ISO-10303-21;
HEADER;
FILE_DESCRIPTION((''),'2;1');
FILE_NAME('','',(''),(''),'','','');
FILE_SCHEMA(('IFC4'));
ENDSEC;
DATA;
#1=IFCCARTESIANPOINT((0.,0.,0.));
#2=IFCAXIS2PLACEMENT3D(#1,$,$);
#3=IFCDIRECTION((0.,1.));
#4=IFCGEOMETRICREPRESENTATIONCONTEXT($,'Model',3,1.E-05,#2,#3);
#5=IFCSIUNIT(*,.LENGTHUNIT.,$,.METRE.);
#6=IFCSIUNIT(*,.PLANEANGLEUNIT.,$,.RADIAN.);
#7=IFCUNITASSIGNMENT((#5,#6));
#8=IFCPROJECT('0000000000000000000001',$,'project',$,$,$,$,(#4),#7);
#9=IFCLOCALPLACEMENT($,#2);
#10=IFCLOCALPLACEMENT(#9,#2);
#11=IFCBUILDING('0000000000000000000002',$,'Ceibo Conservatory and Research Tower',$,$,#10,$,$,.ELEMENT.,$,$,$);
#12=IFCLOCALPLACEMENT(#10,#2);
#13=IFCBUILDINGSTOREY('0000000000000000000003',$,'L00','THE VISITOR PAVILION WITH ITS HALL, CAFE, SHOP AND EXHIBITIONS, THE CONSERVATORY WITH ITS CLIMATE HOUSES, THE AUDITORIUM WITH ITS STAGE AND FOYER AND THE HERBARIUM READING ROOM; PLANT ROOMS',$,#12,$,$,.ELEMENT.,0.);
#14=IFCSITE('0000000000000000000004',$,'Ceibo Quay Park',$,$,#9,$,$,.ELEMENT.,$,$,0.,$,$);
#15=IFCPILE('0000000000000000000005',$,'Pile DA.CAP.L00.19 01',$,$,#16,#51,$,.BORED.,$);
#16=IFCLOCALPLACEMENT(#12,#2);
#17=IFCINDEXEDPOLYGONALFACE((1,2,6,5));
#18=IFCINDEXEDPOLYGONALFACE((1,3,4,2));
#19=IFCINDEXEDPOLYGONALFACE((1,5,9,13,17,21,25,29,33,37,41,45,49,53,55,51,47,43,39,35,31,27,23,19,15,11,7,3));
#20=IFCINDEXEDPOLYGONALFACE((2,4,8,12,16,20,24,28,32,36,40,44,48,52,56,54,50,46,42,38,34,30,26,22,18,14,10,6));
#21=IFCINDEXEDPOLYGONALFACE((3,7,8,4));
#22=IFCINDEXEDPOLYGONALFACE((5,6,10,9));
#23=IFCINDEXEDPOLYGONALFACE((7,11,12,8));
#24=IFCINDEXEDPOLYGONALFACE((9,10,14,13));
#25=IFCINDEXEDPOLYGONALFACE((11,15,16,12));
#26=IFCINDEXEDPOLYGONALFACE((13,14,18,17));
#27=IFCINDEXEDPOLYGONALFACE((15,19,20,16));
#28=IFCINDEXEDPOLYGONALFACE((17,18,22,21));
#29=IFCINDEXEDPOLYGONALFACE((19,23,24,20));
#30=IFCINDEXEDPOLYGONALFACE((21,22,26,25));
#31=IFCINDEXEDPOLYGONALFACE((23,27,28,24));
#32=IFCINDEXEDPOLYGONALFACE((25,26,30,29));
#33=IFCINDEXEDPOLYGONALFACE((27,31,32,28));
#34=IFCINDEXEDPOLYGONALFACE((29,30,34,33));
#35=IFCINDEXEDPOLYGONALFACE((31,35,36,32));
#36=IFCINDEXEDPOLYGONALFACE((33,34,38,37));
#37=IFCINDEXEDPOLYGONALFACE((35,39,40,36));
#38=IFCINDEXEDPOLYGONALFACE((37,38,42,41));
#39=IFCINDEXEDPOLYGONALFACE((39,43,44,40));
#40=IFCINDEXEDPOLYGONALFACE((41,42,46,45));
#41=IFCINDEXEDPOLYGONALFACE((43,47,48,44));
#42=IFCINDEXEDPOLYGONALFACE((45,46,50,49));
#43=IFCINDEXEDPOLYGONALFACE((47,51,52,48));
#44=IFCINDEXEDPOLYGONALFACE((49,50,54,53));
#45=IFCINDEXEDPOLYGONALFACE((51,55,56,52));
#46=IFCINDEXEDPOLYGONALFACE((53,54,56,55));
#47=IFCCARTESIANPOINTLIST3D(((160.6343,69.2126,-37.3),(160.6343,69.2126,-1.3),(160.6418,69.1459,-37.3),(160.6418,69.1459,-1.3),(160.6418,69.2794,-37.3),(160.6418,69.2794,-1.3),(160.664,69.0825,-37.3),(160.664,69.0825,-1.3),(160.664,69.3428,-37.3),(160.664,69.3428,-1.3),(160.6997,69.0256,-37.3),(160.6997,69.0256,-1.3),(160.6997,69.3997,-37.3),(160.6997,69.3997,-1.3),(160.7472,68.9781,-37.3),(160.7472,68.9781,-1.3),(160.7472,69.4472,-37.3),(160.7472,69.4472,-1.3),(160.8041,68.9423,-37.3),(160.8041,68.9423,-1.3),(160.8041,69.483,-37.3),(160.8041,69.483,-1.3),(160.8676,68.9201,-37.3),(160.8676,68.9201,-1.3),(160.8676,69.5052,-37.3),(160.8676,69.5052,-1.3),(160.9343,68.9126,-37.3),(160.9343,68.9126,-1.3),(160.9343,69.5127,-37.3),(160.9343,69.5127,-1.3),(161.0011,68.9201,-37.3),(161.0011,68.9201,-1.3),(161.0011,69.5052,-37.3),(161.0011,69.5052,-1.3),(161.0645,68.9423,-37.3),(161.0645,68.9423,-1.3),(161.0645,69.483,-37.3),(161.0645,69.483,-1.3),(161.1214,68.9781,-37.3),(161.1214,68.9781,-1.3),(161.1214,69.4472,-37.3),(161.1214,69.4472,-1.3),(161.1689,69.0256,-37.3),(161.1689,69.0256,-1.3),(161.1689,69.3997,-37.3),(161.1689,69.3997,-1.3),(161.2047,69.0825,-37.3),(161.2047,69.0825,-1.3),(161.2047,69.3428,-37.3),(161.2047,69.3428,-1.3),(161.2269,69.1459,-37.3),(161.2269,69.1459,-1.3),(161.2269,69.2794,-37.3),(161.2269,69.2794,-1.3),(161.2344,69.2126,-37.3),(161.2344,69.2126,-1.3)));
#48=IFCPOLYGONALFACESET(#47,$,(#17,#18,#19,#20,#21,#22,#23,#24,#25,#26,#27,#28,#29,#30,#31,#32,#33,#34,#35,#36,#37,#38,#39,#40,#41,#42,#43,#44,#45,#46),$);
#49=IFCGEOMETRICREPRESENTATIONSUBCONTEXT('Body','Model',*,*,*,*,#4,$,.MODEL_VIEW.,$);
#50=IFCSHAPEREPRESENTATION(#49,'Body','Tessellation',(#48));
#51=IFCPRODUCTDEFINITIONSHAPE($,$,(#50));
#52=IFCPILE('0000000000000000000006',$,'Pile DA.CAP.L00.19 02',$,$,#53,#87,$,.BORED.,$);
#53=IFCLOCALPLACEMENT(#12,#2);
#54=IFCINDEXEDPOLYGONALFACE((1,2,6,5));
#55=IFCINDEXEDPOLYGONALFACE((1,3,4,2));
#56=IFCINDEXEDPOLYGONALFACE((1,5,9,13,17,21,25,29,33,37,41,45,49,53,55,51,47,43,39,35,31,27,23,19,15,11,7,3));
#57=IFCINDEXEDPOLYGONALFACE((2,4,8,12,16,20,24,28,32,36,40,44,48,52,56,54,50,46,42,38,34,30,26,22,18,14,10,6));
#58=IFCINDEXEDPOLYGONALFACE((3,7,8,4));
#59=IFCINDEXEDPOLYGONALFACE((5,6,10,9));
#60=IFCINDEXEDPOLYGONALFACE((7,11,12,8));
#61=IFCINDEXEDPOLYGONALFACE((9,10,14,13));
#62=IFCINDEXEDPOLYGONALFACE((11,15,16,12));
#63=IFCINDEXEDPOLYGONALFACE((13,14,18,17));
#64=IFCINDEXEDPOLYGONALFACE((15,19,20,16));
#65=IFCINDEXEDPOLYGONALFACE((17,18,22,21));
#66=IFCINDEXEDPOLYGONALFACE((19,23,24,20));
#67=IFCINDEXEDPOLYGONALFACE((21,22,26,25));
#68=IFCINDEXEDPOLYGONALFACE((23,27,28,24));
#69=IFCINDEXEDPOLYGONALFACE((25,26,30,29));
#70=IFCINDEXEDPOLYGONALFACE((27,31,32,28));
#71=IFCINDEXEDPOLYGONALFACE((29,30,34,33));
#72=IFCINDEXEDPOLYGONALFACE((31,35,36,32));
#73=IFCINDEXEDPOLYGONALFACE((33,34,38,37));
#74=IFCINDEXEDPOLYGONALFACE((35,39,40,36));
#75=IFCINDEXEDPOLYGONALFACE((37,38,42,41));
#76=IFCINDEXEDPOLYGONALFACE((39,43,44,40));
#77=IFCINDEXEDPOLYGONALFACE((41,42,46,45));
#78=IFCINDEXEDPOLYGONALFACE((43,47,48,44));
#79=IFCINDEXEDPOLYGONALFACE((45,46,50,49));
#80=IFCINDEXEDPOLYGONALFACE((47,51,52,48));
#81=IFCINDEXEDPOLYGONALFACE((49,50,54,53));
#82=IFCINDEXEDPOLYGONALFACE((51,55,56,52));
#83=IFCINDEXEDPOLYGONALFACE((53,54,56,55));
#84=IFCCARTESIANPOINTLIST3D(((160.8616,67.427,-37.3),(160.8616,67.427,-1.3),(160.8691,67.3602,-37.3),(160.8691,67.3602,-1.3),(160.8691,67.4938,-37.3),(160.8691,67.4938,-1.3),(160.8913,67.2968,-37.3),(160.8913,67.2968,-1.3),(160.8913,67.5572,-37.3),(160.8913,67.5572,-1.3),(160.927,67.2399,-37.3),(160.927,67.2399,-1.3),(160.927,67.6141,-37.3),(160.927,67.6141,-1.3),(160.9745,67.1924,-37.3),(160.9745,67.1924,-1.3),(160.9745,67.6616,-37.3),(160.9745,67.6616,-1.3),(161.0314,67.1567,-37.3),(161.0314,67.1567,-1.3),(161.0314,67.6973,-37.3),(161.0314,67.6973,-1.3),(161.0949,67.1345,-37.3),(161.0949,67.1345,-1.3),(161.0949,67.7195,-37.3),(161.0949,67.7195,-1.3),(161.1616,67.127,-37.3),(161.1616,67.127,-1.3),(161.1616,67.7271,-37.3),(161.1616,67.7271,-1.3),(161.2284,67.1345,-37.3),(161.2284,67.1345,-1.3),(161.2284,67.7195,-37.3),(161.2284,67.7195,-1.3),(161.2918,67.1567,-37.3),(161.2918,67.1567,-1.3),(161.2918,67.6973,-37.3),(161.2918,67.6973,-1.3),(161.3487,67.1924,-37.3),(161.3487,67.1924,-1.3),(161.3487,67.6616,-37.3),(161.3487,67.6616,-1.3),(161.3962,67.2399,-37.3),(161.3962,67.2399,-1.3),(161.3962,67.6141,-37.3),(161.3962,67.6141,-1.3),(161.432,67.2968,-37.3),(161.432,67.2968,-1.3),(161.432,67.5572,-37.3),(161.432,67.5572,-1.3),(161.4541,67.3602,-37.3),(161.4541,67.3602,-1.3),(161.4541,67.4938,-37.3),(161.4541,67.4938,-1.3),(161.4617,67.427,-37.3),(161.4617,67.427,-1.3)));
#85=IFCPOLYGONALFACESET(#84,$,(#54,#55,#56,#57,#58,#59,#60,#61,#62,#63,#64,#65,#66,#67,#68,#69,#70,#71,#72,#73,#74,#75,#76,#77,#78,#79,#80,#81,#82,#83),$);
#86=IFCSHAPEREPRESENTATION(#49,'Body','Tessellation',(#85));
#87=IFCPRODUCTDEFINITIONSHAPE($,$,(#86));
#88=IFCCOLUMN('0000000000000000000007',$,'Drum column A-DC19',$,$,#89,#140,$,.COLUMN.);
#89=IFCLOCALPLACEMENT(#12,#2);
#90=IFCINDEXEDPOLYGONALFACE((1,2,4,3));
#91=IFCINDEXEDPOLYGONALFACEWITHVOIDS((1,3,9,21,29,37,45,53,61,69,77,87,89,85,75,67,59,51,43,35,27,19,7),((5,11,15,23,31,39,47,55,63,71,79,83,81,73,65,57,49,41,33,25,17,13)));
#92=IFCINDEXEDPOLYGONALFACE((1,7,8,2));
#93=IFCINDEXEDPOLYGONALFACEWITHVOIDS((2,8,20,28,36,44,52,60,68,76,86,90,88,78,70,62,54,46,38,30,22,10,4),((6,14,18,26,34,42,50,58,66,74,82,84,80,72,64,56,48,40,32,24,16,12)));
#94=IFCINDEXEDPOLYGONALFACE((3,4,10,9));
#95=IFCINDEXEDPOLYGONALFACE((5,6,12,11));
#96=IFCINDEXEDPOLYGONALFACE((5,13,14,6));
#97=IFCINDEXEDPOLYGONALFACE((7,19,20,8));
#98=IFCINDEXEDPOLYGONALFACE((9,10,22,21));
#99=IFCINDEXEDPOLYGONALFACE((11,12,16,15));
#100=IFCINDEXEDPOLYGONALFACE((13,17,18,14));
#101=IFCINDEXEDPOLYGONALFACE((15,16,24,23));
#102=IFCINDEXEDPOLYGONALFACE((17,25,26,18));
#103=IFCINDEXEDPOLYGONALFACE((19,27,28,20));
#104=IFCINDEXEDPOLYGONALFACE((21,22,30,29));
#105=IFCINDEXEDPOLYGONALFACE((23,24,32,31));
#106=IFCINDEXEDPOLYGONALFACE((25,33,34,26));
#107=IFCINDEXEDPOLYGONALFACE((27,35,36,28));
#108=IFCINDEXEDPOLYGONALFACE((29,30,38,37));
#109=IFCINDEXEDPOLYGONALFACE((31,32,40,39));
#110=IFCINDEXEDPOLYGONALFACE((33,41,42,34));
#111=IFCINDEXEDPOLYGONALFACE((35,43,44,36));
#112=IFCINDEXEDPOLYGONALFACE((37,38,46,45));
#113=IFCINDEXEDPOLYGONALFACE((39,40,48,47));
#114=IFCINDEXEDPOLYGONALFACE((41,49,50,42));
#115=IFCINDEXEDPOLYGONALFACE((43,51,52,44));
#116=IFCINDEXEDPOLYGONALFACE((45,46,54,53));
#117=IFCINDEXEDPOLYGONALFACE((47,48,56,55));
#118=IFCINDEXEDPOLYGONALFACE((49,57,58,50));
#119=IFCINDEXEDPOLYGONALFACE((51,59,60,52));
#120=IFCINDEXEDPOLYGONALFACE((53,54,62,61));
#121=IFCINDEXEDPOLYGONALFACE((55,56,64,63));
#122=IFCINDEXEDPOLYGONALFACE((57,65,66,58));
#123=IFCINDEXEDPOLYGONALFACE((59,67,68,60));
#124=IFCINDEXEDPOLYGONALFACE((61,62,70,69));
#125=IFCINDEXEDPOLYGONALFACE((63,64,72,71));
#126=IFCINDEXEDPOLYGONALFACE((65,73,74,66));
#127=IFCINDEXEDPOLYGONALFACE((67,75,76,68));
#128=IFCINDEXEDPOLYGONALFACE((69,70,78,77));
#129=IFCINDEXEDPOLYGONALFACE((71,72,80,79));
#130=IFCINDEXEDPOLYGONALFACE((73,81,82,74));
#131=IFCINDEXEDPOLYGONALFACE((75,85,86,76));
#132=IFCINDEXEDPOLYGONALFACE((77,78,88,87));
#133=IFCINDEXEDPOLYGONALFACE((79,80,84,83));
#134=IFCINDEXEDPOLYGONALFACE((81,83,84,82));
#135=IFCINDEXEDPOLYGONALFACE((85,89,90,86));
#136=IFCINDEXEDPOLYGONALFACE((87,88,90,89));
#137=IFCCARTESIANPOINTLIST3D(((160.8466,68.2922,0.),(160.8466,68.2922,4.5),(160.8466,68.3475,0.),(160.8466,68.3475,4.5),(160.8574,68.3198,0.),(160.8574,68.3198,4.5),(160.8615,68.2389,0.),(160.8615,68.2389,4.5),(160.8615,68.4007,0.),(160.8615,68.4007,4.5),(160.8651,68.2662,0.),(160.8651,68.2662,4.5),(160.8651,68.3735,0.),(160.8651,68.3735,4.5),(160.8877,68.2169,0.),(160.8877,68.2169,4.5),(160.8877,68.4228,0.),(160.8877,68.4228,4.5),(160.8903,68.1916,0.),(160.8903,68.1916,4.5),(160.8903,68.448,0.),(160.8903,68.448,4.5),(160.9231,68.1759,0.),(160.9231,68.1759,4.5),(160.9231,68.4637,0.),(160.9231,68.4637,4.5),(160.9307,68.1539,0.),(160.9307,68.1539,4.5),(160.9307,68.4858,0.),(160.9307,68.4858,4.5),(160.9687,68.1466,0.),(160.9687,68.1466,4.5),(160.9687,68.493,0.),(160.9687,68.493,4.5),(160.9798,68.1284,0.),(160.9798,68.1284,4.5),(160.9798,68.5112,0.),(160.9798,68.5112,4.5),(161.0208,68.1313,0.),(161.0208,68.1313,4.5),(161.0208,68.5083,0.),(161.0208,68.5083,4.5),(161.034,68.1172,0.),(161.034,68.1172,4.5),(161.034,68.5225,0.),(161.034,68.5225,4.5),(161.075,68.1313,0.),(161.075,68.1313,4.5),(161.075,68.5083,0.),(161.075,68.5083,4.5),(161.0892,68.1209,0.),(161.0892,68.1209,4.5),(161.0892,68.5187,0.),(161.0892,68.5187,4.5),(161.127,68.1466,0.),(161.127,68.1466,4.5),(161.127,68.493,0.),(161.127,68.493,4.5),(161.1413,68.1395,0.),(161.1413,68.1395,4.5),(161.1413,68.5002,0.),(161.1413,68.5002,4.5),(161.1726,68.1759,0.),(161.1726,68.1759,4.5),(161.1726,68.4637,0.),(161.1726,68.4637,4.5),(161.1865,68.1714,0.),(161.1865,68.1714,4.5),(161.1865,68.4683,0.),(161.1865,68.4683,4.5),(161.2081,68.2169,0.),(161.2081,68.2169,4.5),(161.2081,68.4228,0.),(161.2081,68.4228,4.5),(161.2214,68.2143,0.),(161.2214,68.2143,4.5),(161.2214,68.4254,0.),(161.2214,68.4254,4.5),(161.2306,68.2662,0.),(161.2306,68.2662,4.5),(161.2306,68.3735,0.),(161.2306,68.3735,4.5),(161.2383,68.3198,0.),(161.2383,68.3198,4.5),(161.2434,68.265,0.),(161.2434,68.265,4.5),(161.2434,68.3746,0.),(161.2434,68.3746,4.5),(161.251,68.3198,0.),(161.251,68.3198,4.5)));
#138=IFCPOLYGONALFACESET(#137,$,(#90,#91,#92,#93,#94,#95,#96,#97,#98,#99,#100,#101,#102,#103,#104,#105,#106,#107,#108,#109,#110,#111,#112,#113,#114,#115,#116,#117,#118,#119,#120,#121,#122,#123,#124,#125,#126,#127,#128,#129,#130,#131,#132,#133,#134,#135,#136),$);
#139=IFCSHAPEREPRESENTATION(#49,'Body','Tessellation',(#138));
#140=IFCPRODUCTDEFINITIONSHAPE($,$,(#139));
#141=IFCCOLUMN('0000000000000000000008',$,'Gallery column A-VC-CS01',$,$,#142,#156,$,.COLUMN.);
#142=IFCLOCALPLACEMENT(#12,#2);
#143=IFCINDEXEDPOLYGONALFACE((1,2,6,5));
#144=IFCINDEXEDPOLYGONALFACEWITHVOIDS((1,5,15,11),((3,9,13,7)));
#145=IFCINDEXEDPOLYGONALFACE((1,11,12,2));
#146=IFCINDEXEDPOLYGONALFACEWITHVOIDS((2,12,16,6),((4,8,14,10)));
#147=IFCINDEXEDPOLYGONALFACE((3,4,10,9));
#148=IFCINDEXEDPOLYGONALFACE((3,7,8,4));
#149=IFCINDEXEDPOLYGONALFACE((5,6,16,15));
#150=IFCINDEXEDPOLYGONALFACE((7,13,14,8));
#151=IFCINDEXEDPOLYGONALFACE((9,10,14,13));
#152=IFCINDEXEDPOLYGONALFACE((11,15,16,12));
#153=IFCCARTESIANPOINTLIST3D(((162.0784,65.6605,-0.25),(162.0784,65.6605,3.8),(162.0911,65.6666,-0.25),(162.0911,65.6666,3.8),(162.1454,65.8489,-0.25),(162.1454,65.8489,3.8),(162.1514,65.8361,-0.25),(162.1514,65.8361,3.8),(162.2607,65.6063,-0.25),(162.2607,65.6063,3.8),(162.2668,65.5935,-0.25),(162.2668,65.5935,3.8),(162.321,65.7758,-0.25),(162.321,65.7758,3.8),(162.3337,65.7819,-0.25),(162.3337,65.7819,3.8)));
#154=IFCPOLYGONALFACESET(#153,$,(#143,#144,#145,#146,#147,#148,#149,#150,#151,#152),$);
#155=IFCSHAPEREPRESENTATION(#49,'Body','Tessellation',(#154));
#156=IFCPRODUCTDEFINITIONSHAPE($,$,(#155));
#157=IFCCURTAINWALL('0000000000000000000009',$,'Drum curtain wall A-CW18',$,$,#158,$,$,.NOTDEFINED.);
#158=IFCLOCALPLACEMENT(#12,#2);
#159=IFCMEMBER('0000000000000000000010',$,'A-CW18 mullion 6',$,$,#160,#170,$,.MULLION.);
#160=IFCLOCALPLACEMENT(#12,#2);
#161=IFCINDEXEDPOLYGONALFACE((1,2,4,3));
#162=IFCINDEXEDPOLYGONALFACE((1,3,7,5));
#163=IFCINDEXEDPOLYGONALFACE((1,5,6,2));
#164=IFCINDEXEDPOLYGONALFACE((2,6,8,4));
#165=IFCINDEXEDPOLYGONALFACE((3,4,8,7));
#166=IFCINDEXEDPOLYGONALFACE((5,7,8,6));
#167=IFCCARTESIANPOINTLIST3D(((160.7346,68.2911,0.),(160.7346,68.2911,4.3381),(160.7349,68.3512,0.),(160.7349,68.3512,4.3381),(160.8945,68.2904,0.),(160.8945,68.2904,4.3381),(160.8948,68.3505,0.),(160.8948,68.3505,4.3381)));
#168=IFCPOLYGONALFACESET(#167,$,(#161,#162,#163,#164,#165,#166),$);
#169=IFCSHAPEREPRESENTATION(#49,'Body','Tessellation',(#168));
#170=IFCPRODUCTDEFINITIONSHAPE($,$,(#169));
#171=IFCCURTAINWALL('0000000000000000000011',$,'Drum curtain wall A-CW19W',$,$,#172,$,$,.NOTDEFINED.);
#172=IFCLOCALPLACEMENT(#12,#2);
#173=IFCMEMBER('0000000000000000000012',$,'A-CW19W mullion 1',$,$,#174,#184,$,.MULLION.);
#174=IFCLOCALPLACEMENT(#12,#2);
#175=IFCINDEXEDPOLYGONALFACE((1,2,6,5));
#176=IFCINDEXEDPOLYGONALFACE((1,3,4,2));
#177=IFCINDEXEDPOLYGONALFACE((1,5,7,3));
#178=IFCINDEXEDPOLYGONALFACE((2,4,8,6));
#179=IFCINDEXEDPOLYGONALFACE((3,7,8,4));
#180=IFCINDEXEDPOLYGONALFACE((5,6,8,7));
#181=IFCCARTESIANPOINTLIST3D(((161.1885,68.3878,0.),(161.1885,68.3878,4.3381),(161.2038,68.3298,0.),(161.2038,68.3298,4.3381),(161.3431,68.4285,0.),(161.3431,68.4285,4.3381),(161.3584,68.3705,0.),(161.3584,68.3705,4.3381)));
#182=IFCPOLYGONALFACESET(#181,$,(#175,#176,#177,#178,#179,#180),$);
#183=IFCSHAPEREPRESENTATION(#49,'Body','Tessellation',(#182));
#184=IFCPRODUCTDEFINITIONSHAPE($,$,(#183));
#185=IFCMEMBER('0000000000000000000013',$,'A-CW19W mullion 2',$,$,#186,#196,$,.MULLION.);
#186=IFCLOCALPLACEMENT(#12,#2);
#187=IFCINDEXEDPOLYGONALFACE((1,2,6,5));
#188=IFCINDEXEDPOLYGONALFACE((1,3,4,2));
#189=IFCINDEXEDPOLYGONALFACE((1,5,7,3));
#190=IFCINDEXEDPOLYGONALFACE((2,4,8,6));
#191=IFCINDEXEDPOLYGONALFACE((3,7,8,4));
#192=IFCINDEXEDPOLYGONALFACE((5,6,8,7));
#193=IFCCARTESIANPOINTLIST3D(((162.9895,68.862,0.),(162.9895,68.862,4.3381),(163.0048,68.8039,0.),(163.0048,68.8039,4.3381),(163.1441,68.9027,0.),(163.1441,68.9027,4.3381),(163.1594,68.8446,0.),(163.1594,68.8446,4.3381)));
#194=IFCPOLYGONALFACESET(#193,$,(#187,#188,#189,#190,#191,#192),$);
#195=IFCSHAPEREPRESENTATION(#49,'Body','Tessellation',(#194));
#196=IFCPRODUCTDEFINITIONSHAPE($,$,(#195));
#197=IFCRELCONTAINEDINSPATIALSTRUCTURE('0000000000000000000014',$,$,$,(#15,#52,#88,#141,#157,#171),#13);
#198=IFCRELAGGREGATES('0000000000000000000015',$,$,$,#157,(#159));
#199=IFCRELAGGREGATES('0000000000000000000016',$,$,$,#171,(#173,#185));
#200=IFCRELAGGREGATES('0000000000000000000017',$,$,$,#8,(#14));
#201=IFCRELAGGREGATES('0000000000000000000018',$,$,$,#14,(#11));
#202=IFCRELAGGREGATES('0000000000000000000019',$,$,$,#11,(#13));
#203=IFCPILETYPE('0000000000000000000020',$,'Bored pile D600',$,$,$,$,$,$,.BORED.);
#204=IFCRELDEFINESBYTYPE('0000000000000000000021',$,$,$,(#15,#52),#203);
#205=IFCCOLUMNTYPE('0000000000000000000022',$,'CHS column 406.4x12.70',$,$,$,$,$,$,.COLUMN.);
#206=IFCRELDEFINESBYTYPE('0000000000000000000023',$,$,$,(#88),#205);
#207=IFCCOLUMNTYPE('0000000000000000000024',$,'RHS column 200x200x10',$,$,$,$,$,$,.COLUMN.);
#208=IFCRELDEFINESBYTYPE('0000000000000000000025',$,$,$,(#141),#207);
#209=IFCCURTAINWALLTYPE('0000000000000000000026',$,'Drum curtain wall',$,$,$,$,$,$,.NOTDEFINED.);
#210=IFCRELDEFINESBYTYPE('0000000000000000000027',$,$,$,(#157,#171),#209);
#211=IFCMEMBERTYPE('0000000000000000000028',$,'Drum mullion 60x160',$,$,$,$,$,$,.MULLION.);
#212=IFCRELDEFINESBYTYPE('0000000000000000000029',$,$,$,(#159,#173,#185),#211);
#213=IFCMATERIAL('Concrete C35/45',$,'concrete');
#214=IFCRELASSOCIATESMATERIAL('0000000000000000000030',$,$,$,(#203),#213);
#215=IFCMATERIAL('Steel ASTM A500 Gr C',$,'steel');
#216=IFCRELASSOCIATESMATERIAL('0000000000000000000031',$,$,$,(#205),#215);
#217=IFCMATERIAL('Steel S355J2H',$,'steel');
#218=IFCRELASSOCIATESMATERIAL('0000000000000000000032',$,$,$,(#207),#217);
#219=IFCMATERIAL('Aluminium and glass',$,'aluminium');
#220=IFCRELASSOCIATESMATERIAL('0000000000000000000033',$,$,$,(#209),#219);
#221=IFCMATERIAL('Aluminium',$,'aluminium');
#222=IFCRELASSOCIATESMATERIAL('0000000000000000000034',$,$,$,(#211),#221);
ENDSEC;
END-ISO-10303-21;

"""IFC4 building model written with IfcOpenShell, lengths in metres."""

from ifc_helpers import new_model, si_unit, direction, frame, origin, origin_2d, place, context, subcontext, project, spatial, rectangle, hollow_rectangle, circle, hollow_circle, extrude, material, material_profile, profile_set, type_object, element, aggregate, save


model = new_model("IFC4")

# Units and contexts
model_context = context("Model", 3, precision=1e-05, world=origin(), true_north=direction((0.0, 1.0)))
body_context = subcontext(model_context, "Body", "Model", "MODEL_VIEW")
ifc_project = project(units=[si_unit("LENGTHUNIT", "METRE"), si_unit("PLANEANGLEUNIT", "RADIAN")], contexts=[model_context])

# Site, building, storey
site_placement = place(None, origin())
site = spatial("IfcSite", under=ifc_project, at=site_placement, Name="Ceibo Quay Park", CompositionType="ELEMENT", RefElevation=0.0)
building_placement = place(site_placement, origin())
building = spatial("IfcBuilding", under=site, at=building_placement, Name="Ceibo Conservatory and Research Tower", CompositionType="ELEMENT")
storey_placement = place(building_placement, origin())
storey = spatial("IfcBuildingStorey", under=building, at=storey_placement, Name="L00", Description="THE VISITOR PAVILION WITH ITS HALL, CAFE, SHOP AND EXHIBITIONS, THE CONSERVATORY WITH ITS CLIMATE HOUSES, THE AUDITORIUM WITH ITS STAGE AND FOYER AND THE HERBARIUM READING ROOM; PLANT ROOMS", CompositionType="ELEMENT", Elevation=0.0)

# Piles
ifc_material_1 = material(Name="Concrete C35/45", Category="concrete")
ifc_material_profile_1 = material_profile(ifc_material_1, circle(Radius=0.3, at=origin_2d()), Name="RC D600")
ifc_profile_set_1 = profile_set([ifc_material_profile_1], Name="Concrete C35/45")
pile_type = type_object("IfcPileType", Name="Bored pile D600", PredefinedType="BORED", material=ifc_profile_set_1)
for number, where, z_axis, x_axis, name in (
    (1, (160.9343, 69.2126, -1.3), (0.0, 0.0, -1.0), (1.0, 0.0, 0.0), "Pile DA.CAP.L00.19 01"),
    (2, (161.1616, 67.427, -1.3), (0.0, 0.0, -1.0), (1.0, 0.0, 0.0), "Pile DA.CAP.L00.19 02"),
):
    element("IfcPile", number, at=place(storey_placement, frame(where, z_axis=z_axis, x_axis=x_axis)), inside=storey, type_object=pile_type, Name=name, PredefinedType="BORED", context=body_context, shape_type="SweptSolid", body=[
        extrude(circle(Radius=0.3, at=origin_2d()), origin(), (0.0, 0.0, 1.0), 36.0),
    ])

# Columns
ifc_material_2 = material(Name="Steel ASTM A500 Gr C", Category="steel")
ifc_material_profile_2 = material_profile(ifc_material_2, hollow_circle(Radius=0.2031, WallThickness=0.0127, at=origin_2d()), Name="CHS column 406.4x12.70")
ifc_profile_set_2 = profile_set([ifc_material_profile_2], Name="Steel ASTM A500 Gr C")
column_type_1 = type_object("IfcColumnType", Name="CHS column 406.4x12.70", PredefinedType="COLUMN", material=ifc_profile_set_2)
column_1_placement = place(storey_placement, frame((161.0479, 68.3198, 0.0), z_axis=(0.0, 0.0, 1.0), x_axis=(1.0, 0.0, 0.0)))
element("IfcColumn", 3, at=column_1_placement, inside=storey, type_object=column_type_1, Name="Drum column A-DC19", PredefinedType="COLUMN", context=body_context, shape_type="SweptSolid", body=[
    extrude(hollow_circle(Radius=0.2031, WallThickness=0.0127, at=origin_2d()), origin(), (0.0, 0.0, 1.0), 4.5),
])
ifc_material_3 = material(Name="Steel S355J2H", Category="steel")
ifc_material_profile_3 = material_profile(ifc_material_3, hollow_rectangle(XDim=0.2, YDim=0.2, WallThickness=0.01, at=origin_2d()), Name="RHS column 200x200x10")
ifc_profile_set_3 = profile_set([ifc_material_profile_3], Name="Steel S355J2H")
column_type_2 = type_object("IfcColumnType", Name="RHS column 200x200x10", PredefinedType="COLUMN", material=ifc_profile_set_3)
column_2_placement = place(storey_placement, frame((162.2061, 65.7212, -0.25), z_axis=(0.0, 0.0, 1.0), x_axis=(-0.33504, -0.942204, 0.0)))
element("IfcColumn", 4, at=column_2_placement, inside=storey, type_object=column_type_2, Name="Gallery column A-VC-CS01", PredefinedType="COLUMN", context=body_context, shape_type="SweptSolid", body=[
    extrude(hollow_rectangle(XDim=0.2, YDim=0.2, WallThickness=0.01, at=origin_2d()), origin(), (0.0, 0.0, 1.0), 4.05),
])

# Curtain wall, member
ifc_material_4 = material(Name="Aluminium and glass", Category="aluminium")
curtain_wall_type_1 = type_object("IfcCurtainWallType", Name="Drum curtain wall", PredefinedType="NOTDEFINED", material=ifc_material_4)
curtain_wall_1_placement = place(storey_placement, origin())
curtain_wall_1 = element("IfcCurtainWall", 5, at=curtain_wall_1_placement, inside=storey, type_object=curtain_wall_type_1, Name="Drum curtain wall A-CW18", PredefinedType="NOTDEFINED")
ifc_material_5 = material(Name="Aluminium", Category="aluminium")
ifc_material_profile_4 = material_profile(ifc_material_5, rectangle(XDim=0.0601, YDim=0.1599, at=origin_2d()), Name="AL 60x160")
ifc_profile_set_4 = profile_set([ifc_material_profile_4], Name="Aluminium")
member_type_1 = type_object("IfcMemberType", Name="Drum mullion 60x160", PredefinedType="MULLION", material=ifc_profile_set_4)
member_1_placement = place(storey_placement, frame((160.8147, 68.3208, 0.0), z_axis=(0.0, 0.0, 1.0), x_axis=(0.004363, 0.99999, 0.0)))
member_1 = element("IfcMember", 6, at=member_1_placement, type_object=member_type_1, Name="A-CW18 mullion 6", PredefinedType="MULLION", context=body_context, shape_type="SweptSolid", body=[
    extrude(rectangle(XDim=0.0601, YDim=0.1599, at=origin_2d()), origin(), (0.0, 0.0, 1.0), 4.3381),
])
aggregate(curtain_wall_1, [member_1])

# Curtain wall, members
curtain_wall_2_placement = place(storey_placement, origin())
curtain_wall_2 = element("IfcCurtainWall", 7, at=curtain_wall_2_placement, inside=storey, type_object=curtain_wall_type_1, Name="Drum curtain wall A-CW19W", PredefinedType="NOTDEFINED")
member_2_placement = place(storey_placement, frame((161.2734, 68.3792, 0.0), z_axis=(0.0, 0.0, 1.0), x_axis=(-0.254602, 0.967046, 0.0)))
member_2 = element("IfcMember", 8, at=member_2_placement, type_object=member_type_1, Name="A-CW19W mullion 1", PredefinedType="MULLION", context=body_context, shape_type="SweptSolid", body=[
    extrude(rectangle(XDim=0.0601, YDim=0.1599, at=origin_2d()), origin(), (0.0, 0.0, 1.0), 4.3381),
])
member_3_placement = place(storey_placement, frame((163.0745, 68.8533, 0.0), z_axis=(0.0, 0.0, 1.0), x_axis=(-0.254602, 0.967046, 0.0)))
member_3 = element("IfcMember", 9, at=member_3_placement, type_object=member_type_1, Name="A-CW19W mullion 2", PredefinedType="MULLION", context=body_context, shape_type="SweptSolid", body=[
    extrude(rectangle(XDim=0.0601, YDim=0.1599, at=origin_2d()), origin(), (0.0, 0.0, 1.0), 4.3381),
])

aggregate(curtain_wall_2, [member_2, member_3])

save(model, "model.ifc")
